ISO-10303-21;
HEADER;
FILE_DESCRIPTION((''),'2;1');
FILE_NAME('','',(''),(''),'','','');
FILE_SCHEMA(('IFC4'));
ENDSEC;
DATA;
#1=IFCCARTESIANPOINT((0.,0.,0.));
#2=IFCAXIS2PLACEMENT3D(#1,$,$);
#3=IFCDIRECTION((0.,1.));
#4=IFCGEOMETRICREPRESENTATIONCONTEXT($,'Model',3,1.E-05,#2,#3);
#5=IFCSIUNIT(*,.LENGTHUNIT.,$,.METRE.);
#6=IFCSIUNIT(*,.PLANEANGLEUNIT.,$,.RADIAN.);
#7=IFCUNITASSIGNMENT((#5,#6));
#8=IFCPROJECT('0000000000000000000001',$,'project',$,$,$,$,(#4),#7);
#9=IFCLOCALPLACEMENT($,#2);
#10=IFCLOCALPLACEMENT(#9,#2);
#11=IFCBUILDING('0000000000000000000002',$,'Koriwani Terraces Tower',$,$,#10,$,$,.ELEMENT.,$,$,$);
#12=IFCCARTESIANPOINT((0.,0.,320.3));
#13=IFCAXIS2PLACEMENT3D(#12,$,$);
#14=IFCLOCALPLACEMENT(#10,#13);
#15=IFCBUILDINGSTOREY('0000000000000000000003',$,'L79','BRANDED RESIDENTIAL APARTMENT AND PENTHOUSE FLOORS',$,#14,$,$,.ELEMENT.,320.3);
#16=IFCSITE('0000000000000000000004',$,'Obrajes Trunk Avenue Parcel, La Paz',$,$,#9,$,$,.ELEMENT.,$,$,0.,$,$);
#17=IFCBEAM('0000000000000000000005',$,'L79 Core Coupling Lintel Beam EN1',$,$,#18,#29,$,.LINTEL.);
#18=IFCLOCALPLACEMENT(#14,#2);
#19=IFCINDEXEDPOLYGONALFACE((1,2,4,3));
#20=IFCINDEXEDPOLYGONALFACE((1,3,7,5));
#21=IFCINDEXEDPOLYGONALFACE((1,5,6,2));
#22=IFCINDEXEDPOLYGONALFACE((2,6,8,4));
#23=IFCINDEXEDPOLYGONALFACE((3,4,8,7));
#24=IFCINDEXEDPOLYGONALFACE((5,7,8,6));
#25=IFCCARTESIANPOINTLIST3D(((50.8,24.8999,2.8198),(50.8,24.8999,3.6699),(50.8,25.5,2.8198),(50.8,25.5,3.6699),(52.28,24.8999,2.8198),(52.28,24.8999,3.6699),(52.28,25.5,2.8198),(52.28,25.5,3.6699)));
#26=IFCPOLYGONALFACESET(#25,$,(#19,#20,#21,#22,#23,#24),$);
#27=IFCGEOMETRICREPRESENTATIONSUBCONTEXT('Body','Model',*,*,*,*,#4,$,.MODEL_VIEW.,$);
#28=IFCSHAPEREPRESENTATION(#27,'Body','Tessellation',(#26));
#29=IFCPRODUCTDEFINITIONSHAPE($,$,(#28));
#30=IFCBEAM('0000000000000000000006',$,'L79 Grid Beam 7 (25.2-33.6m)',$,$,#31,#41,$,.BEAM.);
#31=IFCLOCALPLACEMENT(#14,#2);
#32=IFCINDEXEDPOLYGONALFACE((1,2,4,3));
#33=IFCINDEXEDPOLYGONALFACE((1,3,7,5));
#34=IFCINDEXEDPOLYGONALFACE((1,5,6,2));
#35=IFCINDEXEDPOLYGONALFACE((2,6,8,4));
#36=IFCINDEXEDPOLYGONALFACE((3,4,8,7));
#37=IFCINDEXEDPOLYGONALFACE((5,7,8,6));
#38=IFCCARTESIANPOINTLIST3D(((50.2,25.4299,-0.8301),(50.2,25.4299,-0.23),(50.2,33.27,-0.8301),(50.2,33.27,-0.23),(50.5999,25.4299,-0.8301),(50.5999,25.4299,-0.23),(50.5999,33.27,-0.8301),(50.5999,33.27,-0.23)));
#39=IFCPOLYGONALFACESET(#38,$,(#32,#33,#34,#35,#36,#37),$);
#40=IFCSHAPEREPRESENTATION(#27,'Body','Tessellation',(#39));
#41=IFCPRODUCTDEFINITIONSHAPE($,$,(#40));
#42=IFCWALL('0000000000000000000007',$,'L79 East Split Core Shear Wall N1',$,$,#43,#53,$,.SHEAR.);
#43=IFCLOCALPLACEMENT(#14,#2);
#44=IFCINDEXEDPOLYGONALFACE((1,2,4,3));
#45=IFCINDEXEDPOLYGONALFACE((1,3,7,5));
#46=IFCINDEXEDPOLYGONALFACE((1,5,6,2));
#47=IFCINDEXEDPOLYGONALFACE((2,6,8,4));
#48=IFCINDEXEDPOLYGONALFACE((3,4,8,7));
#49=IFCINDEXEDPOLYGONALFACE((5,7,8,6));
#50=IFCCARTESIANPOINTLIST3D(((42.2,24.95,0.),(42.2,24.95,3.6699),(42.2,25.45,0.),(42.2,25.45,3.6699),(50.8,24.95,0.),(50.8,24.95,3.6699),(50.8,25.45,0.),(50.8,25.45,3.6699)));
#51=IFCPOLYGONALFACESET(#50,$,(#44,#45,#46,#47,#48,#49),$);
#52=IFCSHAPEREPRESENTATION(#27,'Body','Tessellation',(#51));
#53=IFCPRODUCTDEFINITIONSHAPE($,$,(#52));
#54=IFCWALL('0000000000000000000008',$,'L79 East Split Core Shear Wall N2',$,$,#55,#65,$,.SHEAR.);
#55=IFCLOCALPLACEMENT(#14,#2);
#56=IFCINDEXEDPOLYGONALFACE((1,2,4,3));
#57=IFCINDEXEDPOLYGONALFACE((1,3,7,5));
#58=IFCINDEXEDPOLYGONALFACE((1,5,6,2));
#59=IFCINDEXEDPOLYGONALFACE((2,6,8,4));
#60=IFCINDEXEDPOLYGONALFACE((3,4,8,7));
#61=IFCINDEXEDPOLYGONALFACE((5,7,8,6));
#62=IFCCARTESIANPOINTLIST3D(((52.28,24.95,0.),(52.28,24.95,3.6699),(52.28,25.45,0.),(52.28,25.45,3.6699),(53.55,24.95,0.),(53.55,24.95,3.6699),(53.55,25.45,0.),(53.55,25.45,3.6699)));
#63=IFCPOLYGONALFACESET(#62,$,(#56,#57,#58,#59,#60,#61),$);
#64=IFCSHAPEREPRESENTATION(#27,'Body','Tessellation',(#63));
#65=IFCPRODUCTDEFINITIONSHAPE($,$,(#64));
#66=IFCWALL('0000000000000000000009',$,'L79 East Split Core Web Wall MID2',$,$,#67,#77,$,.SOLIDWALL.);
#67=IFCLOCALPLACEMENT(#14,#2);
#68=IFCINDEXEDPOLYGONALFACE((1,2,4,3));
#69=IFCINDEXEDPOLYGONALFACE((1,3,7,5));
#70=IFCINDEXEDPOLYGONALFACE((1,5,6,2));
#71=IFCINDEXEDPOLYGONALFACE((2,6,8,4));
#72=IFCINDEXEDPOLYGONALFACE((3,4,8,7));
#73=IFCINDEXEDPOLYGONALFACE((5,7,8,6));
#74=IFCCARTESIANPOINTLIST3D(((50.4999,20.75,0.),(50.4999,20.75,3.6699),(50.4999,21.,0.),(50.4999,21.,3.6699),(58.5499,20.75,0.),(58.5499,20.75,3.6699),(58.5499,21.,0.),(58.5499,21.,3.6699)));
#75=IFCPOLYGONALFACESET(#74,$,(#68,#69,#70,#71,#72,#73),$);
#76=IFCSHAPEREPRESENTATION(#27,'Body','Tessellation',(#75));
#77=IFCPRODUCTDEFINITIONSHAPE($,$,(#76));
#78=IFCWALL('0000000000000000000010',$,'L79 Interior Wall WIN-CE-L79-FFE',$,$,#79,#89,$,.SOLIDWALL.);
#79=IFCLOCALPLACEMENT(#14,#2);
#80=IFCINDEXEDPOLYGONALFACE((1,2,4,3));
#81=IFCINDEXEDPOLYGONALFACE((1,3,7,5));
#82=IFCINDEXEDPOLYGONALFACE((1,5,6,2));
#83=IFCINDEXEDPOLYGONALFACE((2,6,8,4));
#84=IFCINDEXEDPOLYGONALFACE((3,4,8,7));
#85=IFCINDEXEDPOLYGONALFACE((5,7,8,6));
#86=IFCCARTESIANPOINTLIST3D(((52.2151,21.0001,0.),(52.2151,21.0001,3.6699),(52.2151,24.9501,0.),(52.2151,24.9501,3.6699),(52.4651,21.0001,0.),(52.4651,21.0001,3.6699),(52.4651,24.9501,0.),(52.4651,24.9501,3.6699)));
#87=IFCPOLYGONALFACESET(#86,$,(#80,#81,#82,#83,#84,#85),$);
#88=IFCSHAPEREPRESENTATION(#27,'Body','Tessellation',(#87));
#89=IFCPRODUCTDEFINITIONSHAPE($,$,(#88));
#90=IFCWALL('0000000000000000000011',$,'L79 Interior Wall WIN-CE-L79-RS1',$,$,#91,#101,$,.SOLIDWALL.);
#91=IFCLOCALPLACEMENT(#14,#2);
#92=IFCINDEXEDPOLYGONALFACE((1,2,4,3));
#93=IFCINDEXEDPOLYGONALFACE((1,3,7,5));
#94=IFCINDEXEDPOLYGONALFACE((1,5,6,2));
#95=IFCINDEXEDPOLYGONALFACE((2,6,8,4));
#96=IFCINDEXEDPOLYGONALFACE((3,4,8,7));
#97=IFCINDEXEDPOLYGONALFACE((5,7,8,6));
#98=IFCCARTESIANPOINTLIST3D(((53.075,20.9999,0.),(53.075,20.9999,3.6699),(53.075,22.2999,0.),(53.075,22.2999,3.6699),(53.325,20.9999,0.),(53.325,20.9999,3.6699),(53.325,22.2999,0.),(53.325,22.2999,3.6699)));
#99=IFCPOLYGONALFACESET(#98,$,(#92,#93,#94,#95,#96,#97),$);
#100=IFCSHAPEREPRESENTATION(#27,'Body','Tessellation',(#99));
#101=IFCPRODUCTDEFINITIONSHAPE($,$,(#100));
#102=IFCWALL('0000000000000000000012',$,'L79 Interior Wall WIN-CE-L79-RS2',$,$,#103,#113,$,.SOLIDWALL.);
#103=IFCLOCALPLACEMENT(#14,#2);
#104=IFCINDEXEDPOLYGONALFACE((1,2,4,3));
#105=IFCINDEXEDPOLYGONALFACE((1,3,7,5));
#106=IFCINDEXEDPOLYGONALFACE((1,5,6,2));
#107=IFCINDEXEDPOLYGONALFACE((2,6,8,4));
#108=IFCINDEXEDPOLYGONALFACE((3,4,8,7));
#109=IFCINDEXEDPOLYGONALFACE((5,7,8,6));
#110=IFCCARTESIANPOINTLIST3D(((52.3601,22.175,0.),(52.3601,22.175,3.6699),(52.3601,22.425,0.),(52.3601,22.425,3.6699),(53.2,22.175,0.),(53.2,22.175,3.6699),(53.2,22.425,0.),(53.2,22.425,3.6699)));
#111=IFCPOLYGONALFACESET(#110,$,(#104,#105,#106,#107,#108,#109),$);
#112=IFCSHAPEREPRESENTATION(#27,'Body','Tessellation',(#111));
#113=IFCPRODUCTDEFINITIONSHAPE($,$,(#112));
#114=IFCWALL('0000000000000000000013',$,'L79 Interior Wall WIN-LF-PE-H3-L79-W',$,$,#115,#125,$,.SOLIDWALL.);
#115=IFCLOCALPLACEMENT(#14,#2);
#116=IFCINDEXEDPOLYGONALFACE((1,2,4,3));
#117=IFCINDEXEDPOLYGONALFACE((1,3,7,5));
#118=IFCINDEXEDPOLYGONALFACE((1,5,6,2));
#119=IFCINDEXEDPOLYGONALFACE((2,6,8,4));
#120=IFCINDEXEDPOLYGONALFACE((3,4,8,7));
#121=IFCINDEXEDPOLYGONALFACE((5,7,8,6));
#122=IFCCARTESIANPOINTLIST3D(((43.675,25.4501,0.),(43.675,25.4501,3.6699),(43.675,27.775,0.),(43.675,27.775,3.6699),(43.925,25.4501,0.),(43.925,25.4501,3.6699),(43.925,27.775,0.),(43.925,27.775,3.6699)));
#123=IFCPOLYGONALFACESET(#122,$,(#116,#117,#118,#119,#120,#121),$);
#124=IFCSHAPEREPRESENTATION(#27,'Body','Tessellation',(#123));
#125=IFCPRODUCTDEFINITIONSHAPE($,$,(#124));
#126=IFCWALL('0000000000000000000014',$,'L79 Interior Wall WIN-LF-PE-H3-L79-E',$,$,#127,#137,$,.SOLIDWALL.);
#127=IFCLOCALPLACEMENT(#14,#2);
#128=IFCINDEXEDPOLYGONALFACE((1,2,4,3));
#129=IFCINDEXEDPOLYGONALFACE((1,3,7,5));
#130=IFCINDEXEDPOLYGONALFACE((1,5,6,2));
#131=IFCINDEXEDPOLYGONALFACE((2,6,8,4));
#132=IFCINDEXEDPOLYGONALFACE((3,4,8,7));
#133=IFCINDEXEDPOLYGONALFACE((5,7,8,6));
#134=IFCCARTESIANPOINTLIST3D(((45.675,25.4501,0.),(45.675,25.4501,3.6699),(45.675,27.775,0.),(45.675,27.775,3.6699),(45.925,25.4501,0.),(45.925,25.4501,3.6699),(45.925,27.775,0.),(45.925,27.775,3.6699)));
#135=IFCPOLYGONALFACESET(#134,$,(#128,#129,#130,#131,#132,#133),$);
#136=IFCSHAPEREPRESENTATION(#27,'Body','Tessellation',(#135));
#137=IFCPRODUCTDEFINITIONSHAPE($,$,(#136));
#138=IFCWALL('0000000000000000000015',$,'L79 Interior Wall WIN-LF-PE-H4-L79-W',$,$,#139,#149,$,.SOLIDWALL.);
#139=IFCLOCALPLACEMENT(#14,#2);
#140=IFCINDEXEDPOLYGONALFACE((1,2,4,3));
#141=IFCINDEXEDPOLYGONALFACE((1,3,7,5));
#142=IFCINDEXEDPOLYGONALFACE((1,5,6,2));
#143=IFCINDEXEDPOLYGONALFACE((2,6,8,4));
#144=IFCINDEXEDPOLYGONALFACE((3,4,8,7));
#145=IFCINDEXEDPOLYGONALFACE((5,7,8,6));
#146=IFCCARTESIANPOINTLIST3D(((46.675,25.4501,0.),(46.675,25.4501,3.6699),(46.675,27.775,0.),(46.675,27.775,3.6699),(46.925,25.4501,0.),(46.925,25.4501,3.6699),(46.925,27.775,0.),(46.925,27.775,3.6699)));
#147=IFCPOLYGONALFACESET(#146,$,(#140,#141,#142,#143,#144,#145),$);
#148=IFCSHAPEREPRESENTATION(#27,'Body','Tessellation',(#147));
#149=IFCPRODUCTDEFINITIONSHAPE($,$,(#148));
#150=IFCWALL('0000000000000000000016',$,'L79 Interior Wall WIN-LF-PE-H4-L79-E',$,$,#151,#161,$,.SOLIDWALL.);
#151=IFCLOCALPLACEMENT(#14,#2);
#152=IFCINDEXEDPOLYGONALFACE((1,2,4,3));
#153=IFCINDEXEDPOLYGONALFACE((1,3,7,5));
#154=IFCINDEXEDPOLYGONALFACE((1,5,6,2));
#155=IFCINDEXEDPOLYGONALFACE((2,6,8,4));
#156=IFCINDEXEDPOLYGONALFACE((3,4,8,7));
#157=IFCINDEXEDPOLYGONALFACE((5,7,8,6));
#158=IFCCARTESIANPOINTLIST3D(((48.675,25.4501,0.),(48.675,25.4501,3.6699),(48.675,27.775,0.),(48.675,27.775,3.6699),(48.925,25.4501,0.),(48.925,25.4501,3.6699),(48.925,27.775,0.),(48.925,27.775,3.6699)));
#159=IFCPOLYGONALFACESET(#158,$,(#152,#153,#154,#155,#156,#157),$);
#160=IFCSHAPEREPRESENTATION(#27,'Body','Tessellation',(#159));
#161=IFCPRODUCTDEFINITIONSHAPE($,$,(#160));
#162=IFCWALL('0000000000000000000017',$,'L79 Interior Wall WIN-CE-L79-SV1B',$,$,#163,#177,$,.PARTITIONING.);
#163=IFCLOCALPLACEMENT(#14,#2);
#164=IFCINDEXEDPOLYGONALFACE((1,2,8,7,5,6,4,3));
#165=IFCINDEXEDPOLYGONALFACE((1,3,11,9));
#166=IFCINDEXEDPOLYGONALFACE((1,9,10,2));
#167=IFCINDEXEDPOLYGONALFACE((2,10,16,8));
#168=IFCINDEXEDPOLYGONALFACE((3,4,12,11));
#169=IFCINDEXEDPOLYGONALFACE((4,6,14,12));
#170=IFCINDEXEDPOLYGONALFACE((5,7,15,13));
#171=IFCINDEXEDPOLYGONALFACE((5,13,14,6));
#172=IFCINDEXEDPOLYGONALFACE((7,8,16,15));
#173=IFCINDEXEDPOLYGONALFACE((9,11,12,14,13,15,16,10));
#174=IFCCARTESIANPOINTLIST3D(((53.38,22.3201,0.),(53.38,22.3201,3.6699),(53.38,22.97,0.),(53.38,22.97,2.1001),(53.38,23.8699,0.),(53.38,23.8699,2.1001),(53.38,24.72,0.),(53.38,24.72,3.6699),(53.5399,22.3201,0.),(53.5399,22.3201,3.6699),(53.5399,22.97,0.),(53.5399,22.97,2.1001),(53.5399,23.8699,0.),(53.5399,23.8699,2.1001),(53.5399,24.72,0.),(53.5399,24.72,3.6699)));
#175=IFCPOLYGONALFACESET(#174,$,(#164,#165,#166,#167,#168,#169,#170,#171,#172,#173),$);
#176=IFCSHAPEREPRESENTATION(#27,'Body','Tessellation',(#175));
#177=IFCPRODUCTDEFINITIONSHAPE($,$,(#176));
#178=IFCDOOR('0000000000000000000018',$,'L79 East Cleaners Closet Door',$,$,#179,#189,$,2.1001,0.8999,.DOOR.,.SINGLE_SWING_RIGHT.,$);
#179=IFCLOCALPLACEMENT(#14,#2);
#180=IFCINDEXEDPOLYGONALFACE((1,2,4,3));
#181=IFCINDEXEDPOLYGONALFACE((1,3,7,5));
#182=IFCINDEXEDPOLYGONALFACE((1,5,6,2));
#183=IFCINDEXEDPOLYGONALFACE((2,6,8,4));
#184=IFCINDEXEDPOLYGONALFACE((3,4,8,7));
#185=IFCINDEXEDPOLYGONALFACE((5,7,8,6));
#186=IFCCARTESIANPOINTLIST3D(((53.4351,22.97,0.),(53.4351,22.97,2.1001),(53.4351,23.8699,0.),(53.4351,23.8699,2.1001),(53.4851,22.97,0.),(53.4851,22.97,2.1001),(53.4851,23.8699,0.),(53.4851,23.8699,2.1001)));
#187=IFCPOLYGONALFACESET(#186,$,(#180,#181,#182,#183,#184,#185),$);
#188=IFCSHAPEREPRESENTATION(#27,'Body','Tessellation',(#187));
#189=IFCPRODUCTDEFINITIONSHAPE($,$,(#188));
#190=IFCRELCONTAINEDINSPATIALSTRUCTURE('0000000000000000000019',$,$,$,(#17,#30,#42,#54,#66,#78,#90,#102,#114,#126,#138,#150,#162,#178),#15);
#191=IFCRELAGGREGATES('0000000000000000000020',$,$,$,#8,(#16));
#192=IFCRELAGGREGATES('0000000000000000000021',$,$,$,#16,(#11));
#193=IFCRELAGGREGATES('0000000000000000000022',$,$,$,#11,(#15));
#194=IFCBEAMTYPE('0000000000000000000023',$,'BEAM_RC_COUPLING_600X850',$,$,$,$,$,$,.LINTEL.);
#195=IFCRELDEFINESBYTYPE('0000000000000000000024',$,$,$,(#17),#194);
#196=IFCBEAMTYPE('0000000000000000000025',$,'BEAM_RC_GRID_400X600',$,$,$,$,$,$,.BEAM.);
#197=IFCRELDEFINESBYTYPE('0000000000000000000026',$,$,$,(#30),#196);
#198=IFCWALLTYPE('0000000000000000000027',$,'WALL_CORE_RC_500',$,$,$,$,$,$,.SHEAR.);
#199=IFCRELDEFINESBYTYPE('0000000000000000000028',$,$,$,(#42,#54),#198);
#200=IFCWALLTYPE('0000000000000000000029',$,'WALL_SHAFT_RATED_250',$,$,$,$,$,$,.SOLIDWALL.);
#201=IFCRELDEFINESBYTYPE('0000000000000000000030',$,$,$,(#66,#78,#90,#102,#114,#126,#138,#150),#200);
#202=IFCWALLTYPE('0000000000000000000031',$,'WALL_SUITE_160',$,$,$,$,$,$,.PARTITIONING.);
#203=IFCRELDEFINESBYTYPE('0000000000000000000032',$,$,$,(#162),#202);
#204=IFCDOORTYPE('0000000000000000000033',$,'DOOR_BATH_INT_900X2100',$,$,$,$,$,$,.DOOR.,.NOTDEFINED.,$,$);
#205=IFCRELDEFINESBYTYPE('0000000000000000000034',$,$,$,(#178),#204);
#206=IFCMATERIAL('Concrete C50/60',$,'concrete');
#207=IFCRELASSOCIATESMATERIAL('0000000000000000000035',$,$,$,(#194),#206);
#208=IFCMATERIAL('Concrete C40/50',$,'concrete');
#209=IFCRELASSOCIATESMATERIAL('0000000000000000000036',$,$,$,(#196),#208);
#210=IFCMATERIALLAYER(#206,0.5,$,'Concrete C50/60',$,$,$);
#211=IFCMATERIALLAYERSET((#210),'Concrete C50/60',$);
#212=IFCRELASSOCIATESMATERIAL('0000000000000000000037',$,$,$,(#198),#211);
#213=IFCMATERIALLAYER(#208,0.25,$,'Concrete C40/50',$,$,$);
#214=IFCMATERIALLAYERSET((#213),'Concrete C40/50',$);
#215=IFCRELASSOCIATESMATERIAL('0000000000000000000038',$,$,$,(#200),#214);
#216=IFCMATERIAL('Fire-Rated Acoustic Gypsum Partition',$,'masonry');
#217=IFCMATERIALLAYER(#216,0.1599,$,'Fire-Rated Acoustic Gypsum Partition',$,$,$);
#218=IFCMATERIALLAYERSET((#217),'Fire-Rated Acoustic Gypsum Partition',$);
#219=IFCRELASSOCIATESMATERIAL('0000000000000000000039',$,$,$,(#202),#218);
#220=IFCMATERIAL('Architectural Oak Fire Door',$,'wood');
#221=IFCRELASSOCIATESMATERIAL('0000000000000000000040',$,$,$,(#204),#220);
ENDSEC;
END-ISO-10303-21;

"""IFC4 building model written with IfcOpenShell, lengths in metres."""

from ifc_helpers import new_model, si_unit, direction, frame, frame_2d, origin, origin_2d, place, context, subcontext, project, spatial, rectangle, extrude, material, layer, layer_set, material_profile, profile_set, type_object, element, fill, save


model = new_model("IFC4")

# Units and contexts
model_context = context("Model", 3, precision=1e-05, world=origin(), true_north=direction((0.0, 1.0)))
body_context = subcontext(model_context, "Body", "Model", "MODEL_VIEW")
ifc_project = project(units=[si_unit("LENGTHUNIT", "METRE"), si_unit("PLANEANGLEUNIT", "RADIAN")], contexts=[model_context])

# Site, building, storey
site_placement = place(None, origin())
site = spatial("IfcSite", under=ifc_project, at=site_placement, Name="Obrajes Trunk Avenue Parcel, La Paz", CompositionType="ELEMENT", RefElevation=0.0)
building_placement = place(site_placement, origin())
building = spatial("IfcBuilding", under=site, at=building_placement, Name="Koriwani Terraces Tower", CompositionType="ELEMENT")
storey_placement = place(building_placement, frame((0.0, 0.0, 320.3)))
storey = spatial("IfcBuildingStorey", under=building, at=storey_placement, Name="L79", Description="BRANDED RESIDENTIAL APARTMENT AND PENTHOUSE FLOORS", CompositionType="ELEMENT", Elevation=320.3)

# Beams
ifc_material_1 = material(Name="Concrete C50/60", Category="concrete")
ifc_material_profile_1 = material_profile(ifc_material_1, rectangle(XDim=0.6001, YDim=0.8501, at=origin_2d()), Name="Concrete C50/60", Category="LoadBearing")
ifc_profile_set_1 = profile_set([ifc_material_profile_1], Name="Concrete C50/60")
beam_type_1 = type_object("IfcBeamType", Name="BEAM_RC_COUPLING_600X850", PredefinedType="LINTEL", material=ifc_profile_set_1)
beam_1_placement = place(storey_placement, frame((50.8, 25.2, 3.2449), z_axis=(1.0, 0.0, 0.0), x_axis=(0.0, 1.0, 0.0)))
element("IfcBeam", 1, at=beam_1_placement, inside=storey, type_object=beam_type_1, Name="L79 Core Coupling Lintel Beam EN1", PredefinedType="LINTEL", context=body_context, shape_type="SweptSolid", body=[
    extrude(rectangle(XDim=0.6001, YDim=0.8501, at=origin_2d()), origin(), (0.0, 0.0, 1.0), 1.48),
])
ifc_material_2 = material(Name="Concrete C40/50", Category="concrete")
ifc_material_profile_2 = material_profile(ifc_material_2, rectangle(XDim=0.3999, YDim=0.6001, at=origin_2d()), Name="Concrete C40/50", Category="LoadBearing")
ifc_profile_set_2 = profile_set([ifc_material_profile_2], Name="Concrete C40/50")
beam_type_2 = type_object("IfcBeamType", Name="BEAM_RC_GRID_400X600", PredefinedType="BEAM", material=ifc_profile_set_2)
beam_2_placement = place(storey_placement, frame((50.3999, 25.4299, -0.53), z_axis=(0.0, 1.0, 0.0), x_axis=(-1.0, 0.0, 0.0)))
element("IfcBeam", 2, at=beam_2_placement, inside=storey, type_object=beam_type_2, Name="L79 Grid Beam 7 (25.2-33.6m)", PredefinedType="BEAM", context=body_context, shape_type="SweptSolid", body=[
    extrude(rectangle(XDim=0.3999, YDim=0.6001, at=origin_2d()), origin(), (0.0, 0.0, 1.0), 7.8401),
])

# Walls
ifc_layer_1 = layer(ifc_material_1, 0.5, Name="Concrete C50/60")
ifc_layer_set_1 = layer_set([ifc_layer_1], Name="Concrete C50/60")
wall_type_1 = type_object("IfcWallType", Name="WALL_CORE_RC_500", PredefinedType="SHEAR", material=ifc_layer_set_1)
wall_1_placement = place(storey_placement, frame((42.2, 25.2, 0.0), z_axis=(0.0, 0.0, 1.0), x_axis=(1.0, 0.0, 0.0)))
element("IfcWall", 3, at=wall_1_placement, inside=storey, type_object=wall_type_1, Name="L79 East Split Core Shear Wall N1", PredefinedType="SHEAR", context=body_context, shape_type="SweptSolid", body=[
    extrude(rectangle(XDim=8.6001, YDim=0.5, at=frame_2d((4.3, 0.0))), origin(), (0.0, 0.0, 1.0), 3.6699),
])
wall_2_placement = place(storey_placement, frame((52.28, 25.2, 0.0), z_axis=(0.0, 0.0, 1.0), x_axis=(1.0, 0.0, 0.0)))
element("IfcWall", 4, at=wall_2_placement, inside=storey, type_object=wall_type_1, Name="L79 East Split Core Shear Wall N2", PredefinedType="SHEAR", context=body_context, shape_type="SweptSolid", body=[
    extrude(rectangle(XDim=1.27, YDim=0.5, at=frame_2d((0.635, 0.0))), origin(), (0.0, 0.0, 1.0), 3.6699),
])
ifc_layer_2 = layer(ifc_material_2, 0.25, Name="Concrete C40/50")
ifc_layer_set_2 = layer_set([ifc_layer_2], Name="Concrete C40/50")
wall_type_2 = type_object("IfcWallType", Name="WALL_SHAFT_RATED_250", PredefinedType="SOLIDWALL", material=ifc_layer_set_2)
wall_3_placement = place(storey_placement, frame((50.5, 20.875, 0.0), z_axis=(0.0, 0.0, 1.0), x_axis=(1.0, 0.0, 0.0)))
element("IfcWall", 5, at=wall_3_placement, inside=storey, type_object=wall_type_2, Name="L79 East Split Core Web Wall MID2", PredefinedType="SOLIDWALL", context=body_context, shape_type="SweptSolid", body=[
    extrude(rectangle(XDim=8.05, YDim=0.25, at=frame_2d((4.0249, 0.0))), origin(), (0.0, 0.0, 1.0), 3.6699),
])

# Walls
wall_4_placement = place(storey_placement, frame((52.3401, 21.0, 0.0), z_axis=(0.0, 0.0, 1.0), x_axis=(0.0, 1.0, 0.0)))
element("IfcWall", 6, at=wall_4_placement, inside=storey, type_object=wall_type_2, Name="L79 Interior Wall WIN-CE-L79-FFE", PredefinedType="SOLIDWALL", context=body_context, shape_type="SweptSolid", body=[
    extrude(rectangle(XDim=3.95, YDim=0.25, at=frame_2d((1.9751, 0.0))), origin(), (0.0, 0.0, 1.0), 3.6699),
])
wall_5_placement = place(storey_placement, frame((53.2, 21.0, 0.0), z_axis=(0.0, 0.0, 1.0), x_axis=(0.0, 1.0, 0.0)))
element("IfcWall", 7, at=wall_5_placement, inside=storey, type_object=wall_type_2, Name="L79 Interior Wall WIN-CE-L79-RS1", PredefinedType="SOLIDWALL", context=body_context, shape_type="SweptSolid", body=[
    extrude(rectangle(XDim=1.3, YDim=0.25, at=frame_2d((0.6499, 0.0))), origin(), (0.0, 0.0, 1.0), 3.6699),
])
wall_6_placement = place(storey_placement, frame((52.3601, 22.3, 0.0), z_axis=(0.0, 0.0, 1.0), x_axis=(1.0, 0.0, 0.0)))
element("IfcWall", 8, at=wall_6_placement, inside=storey, type_object=wall_type_2, Name="L79 Interior Wall WIN-CE-L79-RS2", PredefinedType="SOLIDWALL", context=body_context, shape_type="SweptSolid", body=[
    extrude(rectangle(XDim=0.8398, YDim=0.25, at=frame_2d((0.4199, 0.0))), origin(), (0.0, 0.0, 1.0), 3.6699),
])

# Walls
for number, where, z_axis, x_axis, name in (
    (9, (43.8, 25.45, 0.0), (0.0, 0.0, 1.0), (0.0, 1.0, 0.0), "L79 Interior Wall WIN-LF-PE-H3-L79-W"),
    (10, (45.8, 25.45, 0.0), (0.0, 0.0, 1.0), (0.0, 1.0, 0.0), "L79 Interior Wall WIN-LF-PE-H3-L79-E"),
    (11, (46.8, 25.45, 0.0), (0.0, 0.0, 1.0), (0.0, 1.0, 0.0), "L79 Interior Wall WIN-LF-PE-H4-L79-W"),
    (12, (48.8, 25.45, 0.0), (0.0, 0.0, 1.0), (0.0, 1.0, 0.0), "L79 Interior Wall WIN-LF-PE-H4-L79-E"),
):
    element("IfcWall", number, at=place(storey_placement, frame(where, z_axis=z_axis, x_axis=x_axis)), inside=storey, type_object=wall_type_2, Name=name, PredefinedType="SOLIDWALL", context=body_context, shape_type="SweptSolid", body=[
        extrude(rectangle(XDim=2.325, YDim=0.25, at=frame_2d((1.1626, 0.0))), origin(), (0.0, 0.0, 1.0), 3.6699),
    ])

# Wall, opening, door
ifc_material_3 = material(Name="Fire-Rated Acoustic Gypsum Partition", Category="masonry")
ifc_layer_3 = layer(ifc_material_3, 0.1599, Name="Fire-Rated Acoustic Gypsum Partition")
ifc_layer_set_3 = layer_set([ifc_layer_3], Name="Fire-Rated Acoustic Gypsum Partition")
wall_type_3 = type_object("IfcWallType", Name="WALL_SUITE_160", PredefinedType="PARTITIONING", material=ifc_layer_set_3)
wall_7_placement = place(storey_placement, frame((53.46, 22.3201, 0.0), z_axis=(0.0, 0.0, 1.0), x_axis=(0.0, 1.0, 0.0)))
wall_7 = element("IfcWall", 13, at=wall_7_placement, inside=storey, type_object=wall_type_3, Name="L79 Interior Wall WIN-CE-L79-SV1B", PredefinedType="PARTITIONING", context=body_context, shape_type="SweptSolid", body=[
    extrude(rectangle(XDim=2.3999, YDim=0.1599, at=frame_2d((1.2, 0.0))), origin(), (0.0, 0.0, 1.0), 3.6699),
])
opening_1_placement = place(wall_7_placement, frame((0.6499, 0.0, 0.0)))
opening_1 = element("IfcOpeningElement", 14, at=opening_1_placement, cuts=wall_7, PredefinedType="OPENING", context=body_context, shape_type="SweptSolid", body=[
    extrude(rectangle(XDim=0.8999, YDim=2.1001, at=frame_2d((0.45, 1.05))), frame((0.0, 0.0898, 0.0), z_axis=(0.0, -1.0, 0.0), x_axis=(1.0, 0.0, 0.0)), (0.0, 0.0, 1.0), 0.1799),
])
ifc_material_4 = material(Name="Architectural Oak Fire Door", Category="wood")
door_type_1 = type_object("IfcDoorType", Name="DOOR_BATH_INT_900X2100", OperationType="NOTDEFINED", PredefinedType="DOOR", material=ifc_material_4)
door_1_placement = place(opening_1_placement, origin())
door_1 = element("IfcDoor", 15, at=door_1_placement, inside=storey, type_object=door_type_1, Name="L79 East Cleaners Closet Door", OperationType="SINGLE_SWING_RIGHT", OverallHeight=2.1001, OverallWidth=0.8999, PredefinedType="DOOR", context=body_context, shape_type="SweptSolid", body=[
    extrude(rectangle(XDim=0.8999, YDim=2.1001, at=frame_2d((0.45, 1.05))), frame((0.0, 0.0249, 0.0), z_axis=(0.0, -1.0, 0.0), x_axis=(1.0, 0.0, 0.0)), (0.0, 0.0, 1.0), 0.05),
])
fill(opening_1, door_1)

save(model, "model.ifc")
